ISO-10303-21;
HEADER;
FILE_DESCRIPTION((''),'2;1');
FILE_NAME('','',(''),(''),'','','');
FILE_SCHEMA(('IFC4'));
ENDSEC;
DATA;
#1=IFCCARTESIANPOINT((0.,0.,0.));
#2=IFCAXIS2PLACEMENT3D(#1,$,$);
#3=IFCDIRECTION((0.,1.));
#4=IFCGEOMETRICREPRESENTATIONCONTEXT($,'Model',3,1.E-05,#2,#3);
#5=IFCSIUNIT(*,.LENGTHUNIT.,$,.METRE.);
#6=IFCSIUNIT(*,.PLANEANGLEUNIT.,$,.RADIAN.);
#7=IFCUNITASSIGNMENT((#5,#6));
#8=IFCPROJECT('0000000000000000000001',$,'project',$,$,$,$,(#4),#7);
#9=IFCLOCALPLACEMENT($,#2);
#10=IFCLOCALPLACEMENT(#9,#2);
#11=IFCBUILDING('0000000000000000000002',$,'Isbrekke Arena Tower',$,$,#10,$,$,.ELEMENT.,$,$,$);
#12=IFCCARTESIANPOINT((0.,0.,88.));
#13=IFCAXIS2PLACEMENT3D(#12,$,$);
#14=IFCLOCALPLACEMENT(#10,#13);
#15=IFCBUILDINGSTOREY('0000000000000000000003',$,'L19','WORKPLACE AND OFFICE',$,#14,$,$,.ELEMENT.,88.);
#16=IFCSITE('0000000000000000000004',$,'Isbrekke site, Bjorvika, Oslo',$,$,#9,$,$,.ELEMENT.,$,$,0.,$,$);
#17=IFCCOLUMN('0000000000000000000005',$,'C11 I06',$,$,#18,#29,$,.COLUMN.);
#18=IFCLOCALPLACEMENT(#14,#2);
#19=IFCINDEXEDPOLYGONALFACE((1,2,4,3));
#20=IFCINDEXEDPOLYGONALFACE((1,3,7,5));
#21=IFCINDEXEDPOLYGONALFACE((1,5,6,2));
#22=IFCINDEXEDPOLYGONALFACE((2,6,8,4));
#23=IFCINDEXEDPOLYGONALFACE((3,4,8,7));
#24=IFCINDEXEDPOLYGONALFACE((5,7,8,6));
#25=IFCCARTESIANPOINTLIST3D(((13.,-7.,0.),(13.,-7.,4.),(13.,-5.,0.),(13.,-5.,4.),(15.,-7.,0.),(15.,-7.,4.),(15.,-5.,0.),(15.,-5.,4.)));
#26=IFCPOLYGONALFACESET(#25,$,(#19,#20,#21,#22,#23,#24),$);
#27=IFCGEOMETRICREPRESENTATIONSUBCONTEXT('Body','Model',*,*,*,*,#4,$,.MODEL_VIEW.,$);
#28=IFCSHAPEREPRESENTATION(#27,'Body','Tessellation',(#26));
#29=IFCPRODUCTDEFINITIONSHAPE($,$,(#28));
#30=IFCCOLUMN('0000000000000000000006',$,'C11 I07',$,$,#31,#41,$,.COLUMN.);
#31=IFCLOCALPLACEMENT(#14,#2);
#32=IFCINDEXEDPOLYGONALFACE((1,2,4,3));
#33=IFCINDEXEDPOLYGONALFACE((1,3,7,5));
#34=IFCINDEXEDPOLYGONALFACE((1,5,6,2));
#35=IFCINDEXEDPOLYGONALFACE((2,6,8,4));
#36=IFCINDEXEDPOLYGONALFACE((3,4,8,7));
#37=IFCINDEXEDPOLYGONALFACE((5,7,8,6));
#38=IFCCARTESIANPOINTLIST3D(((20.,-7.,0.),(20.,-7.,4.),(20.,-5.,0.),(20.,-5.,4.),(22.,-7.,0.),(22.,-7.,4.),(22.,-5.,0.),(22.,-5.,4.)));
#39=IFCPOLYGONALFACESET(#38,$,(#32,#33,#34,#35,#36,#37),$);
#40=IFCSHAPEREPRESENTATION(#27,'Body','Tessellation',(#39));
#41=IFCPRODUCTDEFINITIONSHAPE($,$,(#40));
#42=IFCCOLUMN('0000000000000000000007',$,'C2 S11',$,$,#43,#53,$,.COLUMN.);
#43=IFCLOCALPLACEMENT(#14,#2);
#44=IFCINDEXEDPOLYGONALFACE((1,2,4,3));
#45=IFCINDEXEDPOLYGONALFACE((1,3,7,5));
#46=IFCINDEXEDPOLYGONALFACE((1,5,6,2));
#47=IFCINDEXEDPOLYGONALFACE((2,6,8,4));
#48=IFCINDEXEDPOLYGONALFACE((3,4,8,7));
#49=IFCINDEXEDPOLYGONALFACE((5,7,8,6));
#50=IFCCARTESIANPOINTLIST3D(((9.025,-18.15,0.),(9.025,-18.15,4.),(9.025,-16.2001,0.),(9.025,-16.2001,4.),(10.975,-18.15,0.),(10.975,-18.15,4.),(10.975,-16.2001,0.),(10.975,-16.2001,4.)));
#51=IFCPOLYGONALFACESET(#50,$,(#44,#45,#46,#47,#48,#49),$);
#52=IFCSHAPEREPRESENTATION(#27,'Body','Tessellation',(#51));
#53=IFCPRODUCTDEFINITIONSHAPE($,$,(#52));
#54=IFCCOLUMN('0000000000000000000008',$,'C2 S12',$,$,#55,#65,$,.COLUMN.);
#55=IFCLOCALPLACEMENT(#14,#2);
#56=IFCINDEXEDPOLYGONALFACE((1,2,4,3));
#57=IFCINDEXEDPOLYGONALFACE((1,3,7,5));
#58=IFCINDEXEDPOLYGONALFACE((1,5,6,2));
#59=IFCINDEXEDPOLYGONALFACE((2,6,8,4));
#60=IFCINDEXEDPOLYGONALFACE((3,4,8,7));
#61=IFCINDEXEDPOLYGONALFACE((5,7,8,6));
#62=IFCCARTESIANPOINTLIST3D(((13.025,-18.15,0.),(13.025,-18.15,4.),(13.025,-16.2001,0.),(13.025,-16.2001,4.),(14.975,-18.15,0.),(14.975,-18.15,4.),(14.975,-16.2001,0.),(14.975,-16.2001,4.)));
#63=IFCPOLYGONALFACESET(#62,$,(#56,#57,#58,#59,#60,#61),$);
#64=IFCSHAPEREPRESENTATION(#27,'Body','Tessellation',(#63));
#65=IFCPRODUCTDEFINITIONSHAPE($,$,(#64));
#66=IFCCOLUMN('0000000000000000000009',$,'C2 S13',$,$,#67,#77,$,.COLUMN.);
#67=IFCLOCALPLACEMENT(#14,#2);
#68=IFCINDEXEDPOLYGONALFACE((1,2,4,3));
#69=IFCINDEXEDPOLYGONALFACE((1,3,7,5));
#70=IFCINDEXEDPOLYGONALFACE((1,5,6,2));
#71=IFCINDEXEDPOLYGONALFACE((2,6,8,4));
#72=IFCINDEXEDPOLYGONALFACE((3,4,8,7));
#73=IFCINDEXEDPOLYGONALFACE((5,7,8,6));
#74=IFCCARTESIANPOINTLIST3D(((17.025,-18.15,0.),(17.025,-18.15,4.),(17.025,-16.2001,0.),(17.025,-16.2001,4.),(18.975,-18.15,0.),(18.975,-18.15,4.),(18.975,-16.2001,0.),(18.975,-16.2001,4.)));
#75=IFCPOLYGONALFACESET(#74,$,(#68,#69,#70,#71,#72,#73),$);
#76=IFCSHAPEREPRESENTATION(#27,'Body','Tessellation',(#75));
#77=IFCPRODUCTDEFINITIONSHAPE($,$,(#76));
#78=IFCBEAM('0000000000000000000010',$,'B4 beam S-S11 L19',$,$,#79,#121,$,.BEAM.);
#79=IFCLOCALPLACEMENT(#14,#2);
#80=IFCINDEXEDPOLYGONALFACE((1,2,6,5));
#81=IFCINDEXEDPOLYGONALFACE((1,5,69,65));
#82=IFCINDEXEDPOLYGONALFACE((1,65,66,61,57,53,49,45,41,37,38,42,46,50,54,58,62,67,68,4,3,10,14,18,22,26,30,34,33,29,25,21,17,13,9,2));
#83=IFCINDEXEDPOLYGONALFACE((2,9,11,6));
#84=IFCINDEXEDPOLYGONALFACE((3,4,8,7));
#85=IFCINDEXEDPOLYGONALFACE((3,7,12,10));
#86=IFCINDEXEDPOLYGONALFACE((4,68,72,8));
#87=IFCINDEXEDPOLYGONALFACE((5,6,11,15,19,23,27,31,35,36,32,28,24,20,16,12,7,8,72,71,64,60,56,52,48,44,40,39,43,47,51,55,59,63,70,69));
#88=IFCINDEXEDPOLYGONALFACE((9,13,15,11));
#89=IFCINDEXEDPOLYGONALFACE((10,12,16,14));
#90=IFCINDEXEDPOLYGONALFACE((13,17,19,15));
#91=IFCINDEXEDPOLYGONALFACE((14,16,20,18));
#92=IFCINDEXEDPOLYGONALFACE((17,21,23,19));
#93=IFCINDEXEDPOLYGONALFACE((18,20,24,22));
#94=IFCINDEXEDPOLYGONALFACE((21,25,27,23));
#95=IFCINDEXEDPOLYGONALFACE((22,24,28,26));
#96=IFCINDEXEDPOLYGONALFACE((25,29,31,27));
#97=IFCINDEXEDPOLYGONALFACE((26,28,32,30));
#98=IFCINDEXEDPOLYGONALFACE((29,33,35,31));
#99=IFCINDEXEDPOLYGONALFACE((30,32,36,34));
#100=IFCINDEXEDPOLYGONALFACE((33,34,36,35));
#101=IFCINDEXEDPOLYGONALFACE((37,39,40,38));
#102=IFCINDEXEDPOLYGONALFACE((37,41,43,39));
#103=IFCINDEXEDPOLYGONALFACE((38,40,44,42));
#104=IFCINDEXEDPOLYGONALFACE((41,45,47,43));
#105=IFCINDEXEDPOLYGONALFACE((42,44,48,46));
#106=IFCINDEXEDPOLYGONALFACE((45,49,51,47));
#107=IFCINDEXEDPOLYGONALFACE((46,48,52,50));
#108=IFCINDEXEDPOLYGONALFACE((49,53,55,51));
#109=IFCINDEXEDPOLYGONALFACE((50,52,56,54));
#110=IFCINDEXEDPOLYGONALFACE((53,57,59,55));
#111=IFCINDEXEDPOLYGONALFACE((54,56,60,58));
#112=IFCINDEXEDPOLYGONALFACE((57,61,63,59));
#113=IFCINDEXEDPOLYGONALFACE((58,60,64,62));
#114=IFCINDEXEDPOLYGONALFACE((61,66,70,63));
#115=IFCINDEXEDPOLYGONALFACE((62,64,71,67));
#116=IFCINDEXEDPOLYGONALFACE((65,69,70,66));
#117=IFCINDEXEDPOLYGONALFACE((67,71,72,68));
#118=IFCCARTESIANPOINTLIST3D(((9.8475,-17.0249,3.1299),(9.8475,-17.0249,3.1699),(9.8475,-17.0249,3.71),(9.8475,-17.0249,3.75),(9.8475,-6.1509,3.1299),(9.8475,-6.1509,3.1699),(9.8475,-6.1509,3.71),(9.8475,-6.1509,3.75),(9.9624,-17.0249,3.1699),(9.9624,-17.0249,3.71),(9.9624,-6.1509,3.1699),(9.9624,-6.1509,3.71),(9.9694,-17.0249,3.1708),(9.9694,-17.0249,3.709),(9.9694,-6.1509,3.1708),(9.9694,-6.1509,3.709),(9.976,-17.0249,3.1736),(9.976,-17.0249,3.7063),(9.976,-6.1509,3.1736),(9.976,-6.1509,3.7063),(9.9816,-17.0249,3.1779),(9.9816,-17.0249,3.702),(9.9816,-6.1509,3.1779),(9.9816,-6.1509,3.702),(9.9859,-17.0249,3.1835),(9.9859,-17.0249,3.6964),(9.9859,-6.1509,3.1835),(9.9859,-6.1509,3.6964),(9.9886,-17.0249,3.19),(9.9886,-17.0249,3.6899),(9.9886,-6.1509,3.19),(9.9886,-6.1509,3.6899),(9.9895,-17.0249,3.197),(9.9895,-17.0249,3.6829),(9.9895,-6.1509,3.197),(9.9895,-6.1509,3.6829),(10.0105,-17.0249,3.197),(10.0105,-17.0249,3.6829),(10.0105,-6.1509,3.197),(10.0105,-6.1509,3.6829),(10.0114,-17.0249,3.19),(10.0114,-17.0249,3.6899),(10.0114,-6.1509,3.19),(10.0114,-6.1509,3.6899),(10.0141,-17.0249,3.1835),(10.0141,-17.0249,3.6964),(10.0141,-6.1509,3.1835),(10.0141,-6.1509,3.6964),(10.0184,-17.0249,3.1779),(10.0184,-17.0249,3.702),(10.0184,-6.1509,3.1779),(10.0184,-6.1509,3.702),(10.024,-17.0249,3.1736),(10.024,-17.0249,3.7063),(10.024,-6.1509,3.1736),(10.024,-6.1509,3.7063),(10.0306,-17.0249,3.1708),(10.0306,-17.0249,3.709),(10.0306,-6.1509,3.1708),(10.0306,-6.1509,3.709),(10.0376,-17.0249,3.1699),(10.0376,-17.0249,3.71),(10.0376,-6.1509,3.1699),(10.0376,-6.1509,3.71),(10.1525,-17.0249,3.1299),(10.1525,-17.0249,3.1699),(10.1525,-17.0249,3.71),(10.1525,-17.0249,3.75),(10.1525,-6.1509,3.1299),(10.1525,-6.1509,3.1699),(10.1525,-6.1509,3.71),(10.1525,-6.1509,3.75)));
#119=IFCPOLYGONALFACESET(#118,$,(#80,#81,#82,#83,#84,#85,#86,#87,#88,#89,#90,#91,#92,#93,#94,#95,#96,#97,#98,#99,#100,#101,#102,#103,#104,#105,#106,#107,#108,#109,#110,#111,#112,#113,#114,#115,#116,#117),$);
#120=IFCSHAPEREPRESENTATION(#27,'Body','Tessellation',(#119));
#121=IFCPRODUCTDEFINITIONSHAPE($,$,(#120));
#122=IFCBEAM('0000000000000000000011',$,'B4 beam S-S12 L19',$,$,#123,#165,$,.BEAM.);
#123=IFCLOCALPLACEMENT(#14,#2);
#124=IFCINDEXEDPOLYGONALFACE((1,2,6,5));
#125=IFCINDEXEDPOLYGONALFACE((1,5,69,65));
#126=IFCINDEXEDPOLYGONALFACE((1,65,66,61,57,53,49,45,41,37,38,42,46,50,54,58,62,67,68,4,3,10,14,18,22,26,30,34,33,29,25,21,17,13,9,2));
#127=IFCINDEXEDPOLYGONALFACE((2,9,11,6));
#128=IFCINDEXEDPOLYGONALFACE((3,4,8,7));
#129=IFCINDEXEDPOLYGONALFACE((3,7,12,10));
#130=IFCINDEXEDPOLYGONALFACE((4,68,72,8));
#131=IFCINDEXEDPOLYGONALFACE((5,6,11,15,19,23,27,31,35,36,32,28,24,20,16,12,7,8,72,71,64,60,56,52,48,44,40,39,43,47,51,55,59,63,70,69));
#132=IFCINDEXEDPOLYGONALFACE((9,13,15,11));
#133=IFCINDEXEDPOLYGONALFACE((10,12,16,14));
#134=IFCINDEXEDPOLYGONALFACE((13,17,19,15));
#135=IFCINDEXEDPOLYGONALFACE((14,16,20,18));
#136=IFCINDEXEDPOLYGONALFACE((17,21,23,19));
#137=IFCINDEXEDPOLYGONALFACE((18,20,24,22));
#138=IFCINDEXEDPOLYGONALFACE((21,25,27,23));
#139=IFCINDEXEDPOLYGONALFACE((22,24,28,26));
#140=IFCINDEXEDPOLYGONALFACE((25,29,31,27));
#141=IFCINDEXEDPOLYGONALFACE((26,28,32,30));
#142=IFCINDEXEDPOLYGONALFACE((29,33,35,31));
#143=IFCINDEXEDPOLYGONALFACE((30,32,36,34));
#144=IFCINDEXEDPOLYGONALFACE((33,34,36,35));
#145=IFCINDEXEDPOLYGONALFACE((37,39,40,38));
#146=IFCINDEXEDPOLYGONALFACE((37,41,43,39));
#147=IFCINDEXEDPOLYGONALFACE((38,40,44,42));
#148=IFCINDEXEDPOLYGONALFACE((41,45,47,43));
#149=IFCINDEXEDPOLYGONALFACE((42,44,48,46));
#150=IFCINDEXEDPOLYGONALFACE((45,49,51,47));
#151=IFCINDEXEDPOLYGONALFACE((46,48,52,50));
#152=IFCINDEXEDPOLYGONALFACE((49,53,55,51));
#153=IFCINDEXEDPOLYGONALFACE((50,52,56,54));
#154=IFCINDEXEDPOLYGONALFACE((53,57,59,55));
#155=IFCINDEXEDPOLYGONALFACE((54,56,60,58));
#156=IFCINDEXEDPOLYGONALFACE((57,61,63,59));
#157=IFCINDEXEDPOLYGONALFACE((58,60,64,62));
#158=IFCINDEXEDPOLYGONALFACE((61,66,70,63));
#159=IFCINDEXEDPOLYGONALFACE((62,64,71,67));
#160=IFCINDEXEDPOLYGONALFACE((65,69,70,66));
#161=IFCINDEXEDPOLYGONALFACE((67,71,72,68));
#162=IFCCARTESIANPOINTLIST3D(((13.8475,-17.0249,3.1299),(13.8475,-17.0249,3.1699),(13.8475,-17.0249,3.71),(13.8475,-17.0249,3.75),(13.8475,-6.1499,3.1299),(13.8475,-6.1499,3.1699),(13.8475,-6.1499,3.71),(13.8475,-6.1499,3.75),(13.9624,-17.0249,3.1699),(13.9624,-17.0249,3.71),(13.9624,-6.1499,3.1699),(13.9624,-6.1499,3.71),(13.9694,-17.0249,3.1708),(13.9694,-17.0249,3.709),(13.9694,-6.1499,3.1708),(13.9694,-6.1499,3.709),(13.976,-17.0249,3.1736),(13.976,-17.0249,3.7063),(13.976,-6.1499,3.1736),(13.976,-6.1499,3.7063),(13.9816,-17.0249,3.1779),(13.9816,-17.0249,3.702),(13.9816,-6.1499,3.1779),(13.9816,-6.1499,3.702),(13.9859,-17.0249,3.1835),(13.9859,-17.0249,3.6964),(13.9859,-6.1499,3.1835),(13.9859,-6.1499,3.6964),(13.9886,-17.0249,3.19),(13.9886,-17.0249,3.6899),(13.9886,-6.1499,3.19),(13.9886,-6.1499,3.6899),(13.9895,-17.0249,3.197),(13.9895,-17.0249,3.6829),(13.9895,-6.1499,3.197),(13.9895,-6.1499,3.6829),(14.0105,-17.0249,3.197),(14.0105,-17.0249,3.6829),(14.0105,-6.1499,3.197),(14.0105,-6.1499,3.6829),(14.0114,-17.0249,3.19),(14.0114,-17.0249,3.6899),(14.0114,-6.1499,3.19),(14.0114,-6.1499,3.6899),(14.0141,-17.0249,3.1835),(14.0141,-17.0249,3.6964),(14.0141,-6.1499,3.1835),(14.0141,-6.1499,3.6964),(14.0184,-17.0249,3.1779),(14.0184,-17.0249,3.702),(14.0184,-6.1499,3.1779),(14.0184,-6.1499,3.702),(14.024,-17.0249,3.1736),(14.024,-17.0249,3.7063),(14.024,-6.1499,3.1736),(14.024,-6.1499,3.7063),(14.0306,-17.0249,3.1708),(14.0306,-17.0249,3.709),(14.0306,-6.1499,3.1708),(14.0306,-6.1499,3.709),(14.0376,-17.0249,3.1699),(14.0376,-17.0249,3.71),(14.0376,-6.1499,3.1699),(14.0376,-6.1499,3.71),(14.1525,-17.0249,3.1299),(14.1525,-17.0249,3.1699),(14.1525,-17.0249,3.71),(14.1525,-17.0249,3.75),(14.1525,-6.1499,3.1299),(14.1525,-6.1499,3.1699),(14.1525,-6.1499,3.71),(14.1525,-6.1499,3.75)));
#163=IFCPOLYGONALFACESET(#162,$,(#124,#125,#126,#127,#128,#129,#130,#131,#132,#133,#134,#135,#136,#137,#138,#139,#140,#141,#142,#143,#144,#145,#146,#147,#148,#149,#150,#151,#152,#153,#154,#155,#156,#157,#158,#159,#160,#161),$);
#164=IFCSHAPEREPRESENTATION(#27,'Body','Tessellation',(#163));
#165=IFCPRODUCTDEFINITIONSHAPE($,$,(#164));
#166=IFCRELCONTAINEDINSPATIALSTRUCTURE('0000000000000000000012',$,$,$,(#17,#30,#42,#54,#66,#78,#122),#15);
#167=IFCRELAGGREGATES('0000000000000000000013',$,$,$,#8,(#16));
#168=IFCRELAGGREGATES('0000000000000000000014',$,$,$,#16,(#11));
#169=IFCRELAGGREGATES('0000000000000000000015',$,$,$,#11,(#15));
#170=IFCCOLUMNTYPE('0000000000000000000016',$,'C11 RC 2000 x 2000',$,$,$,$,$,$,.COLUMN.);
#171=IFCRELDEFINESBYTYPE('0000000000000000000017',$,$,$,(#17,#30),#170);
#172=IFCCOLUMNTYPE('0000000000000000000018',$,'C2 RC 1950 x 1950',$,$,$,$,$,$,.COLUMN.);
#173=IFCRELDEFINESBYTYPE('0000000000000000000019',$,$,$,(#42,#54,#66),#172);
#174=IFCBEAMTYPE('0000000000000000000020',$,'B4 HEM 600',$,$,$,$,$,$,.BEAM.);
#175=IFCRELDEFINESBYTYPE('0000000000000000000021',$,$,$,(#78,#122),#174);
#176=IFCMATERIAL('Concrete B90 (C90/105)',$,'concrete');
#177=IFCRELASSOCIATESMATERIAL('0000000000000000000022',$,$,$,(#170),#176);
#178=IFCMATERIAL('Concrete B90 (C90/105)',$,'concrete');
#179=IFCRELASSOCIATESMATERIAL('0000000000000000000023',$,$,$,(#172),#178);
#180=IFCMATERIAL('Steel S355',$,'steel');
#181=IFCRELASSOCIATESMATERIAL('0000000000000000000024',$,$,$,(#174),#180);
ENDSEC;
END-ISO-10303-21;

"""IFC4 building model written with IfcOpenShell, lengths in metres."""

from ifc_helpers import new_model, si_unit, direction, frame, origin, origin_2d, place, context, subcontext, project, spatial, rectangle, i_section, extrude, material, material_profile, profile_set, type_object, element, save


model = new_model("IFC4")

# Units and contexts
model_context = context("Model", 3, precision=1e-05, world=origin(), true_north=direction((0.0, 1.0)))
body_context = subcontext(model_context, "Body", "Model", "MODEL_VIEW")
ifc_project = project(units=[si_unit("LENGTHUNIT", "METRE"), si_unit("PLANEANGLEUNIT", "RADIAN")], contexts=[model_context])

# Site, building, storey
site_placement = place(None, origin())
site = spatial("IfcSite", under=ifc_project, at=site_placement, Name="Isbrekke site, Bjorvika, Oslo", CompositionType="ELEMENT", RefElevation=0.0)
building_placement = place(site_placement, origin())
building = spatial("IfcBuilding", under=site, at=building_placement, Name="Isbrekke Arena Tower", CompositionType="ELEMENT")
storey_placement = place(building_placement, frame((0.0, 0.0, 88.0)))
storey = spatial("IfcBuildingStorey", under=building, at=storey_placement, Name="L19", Description="WORKPLACE AND OFFICE", CompositionType="ELEMENT", Elevation=88.0)

# Columns
ifc_material_1 = material(Name="Concrete B90 (C90/105)", Category="concrete")
ifc_material_profile_1 = material_profile(ifc_material_1, rectangle(XDim=2.0, YDim=2.0, at=origin_2d()), Name="RC 2000x2000")
ifc_profile_set_1 = profile_set([ifc_material_profile_1], Name="Concrete B90 (C90/105)")
column_type_1 = type_object("IfcColumnType", Name="C11 RC 2000 x 2000", PredefinedType="COLUMN", material=ifc_profile_set_1)
for number, where, z_axis, x_axis, name in (
    (1, (14.0, -6.0, 0.0), (0.0, 0.0, 1.0), (1.0, 0.0, 0.0), "C11 I06"),
    (2, (21.0, -6.0, 0.0), (0.0, 0.0, 1.0), (1.0, 0.0, 0.0), "C11 I07"),
):
    element("IfcColumn", number, at=place(storey_placement, frame(where, z_axis=z_axis, x_axis=x_axis)), inside=storey, type_object=column_type_1, Name=name, PredefinedType="COLUMN", context=body_context, shape_type="SweptSolid", body=[
        extrude(rectangle(XDim=2.0, YDim=2.0, at=origin_2d()), origin(), (0.0, 0.0, 1.0), 4.0),
    ])
ifc_material_2 = material(Name="Concrete B90 (C90/105)", Category="concrete")
ifc_material_profile_2 = material_profile(ifc_material_2, rectangle(XDim=1.95, YDim=1.95, at=origin_2d()), Name="RC 1950x1950")
ifc_profile_set_2 = profile_set([ifc_material_profile_2], Name="Concrete B90 (C90/105)")
column_type_2 = type_object("IfcColumnType", Name="C2 RC 1950 x 1950", PredefinedType="COLUMN", material=ifc_profile_set_2)
for number, where, z_axis, x_axis, name in (
    (3, (10.0, -17.175, 0.0), (0.0, 0.0, 1.0), (1.0, 0.0, 0.0), "C2 S11"),
    (4, (14.0, -17.175, 0.0), (0.0, 0.0, 1.0), (1.0, 0.0, 0.0), "C2 S12"),
    (5, (18.0, -17.175, 0.0), (0.0, 0.0, 1.0), (1.0, 0.0, 0.0), "C2 S13"),
):
    element("IfcColumn", number, at=place(storey_placement, frame(where, z_axis=z_axis, x_axis=x_axis)), inside=storey, type_object=column_type_2, Name=name, PredefinedType="COLUMN", context=body_context, shape_type="SweptSolid", body=[
        extrude(rectangle(XDim=1.95, YDim=1.95, at=origin_2d()), origin(), (0.0, 0.0, 1.0), 4.0),
    ])

# Beams
ifc_material_3 = material(Name="Steel S355", Category="steel")
ifc_material_profile_3 = material_profile(ifc_material_3, i_section(OverallWidth=0.3049, OverallDepth=0.6201, WebThickness=0.021, FlangeThickness=0.04, FilletRadius=0.0271, at=origin_2d()), Name="HEM 600")
ifc_profile_set_3 = profile_set([ifc_material_profile_3], Name="Steel S355")
beam_type_1 = type_object("IfcBeamType", Name="B4 HEM 600", PredefinedType="BEAM", material=ifc_profile_set_3)
beam_1_placement = place(storey_placement, frame((10.0, -17.0249, 3.4399), z_axis=(0.0, 1.0, 0.0), x_axis=(-1.0, 0.0, 0.0)))
element("IfcBeam", 6, at=beam_1_placement, inside=storey, type_object=beam_type_1, Name="B4 beam S-S11 L19", PredefinedType="BEAM", context=body_context, shape_type="SweptSolid", body=[
    extrude(i_section(OverallWidth=0.3049, OverallDepth=0.6201, WebThickness=0.021, FlangeThickness=0.04, FilletRadius=0.0271, at=origin_2d()), origin(), (0.0, 0.0, 1.0), 10.874),
])
beam_2_placement = place(storey_placement, frame((14.0, -17.0249, 3.4399), z_axis=(0.0, 1.0, 0.0), x_axis=(-1.0, 0.0, 0.0)))
element("IfcBeam", 7, at=beam_2_placement, inside=storey, type_object=beam_type_1, Name="B4 beam S-S12 L19", PredefinedType="BEAM", context=body_context, shape_type="SweptSolid", body=[
    extrude(i_section(OverallWidth=0.3049, OverallDepth=0.6201, WebThickness=0.021, FlangeThickness=0.04, FilletRadius=0.0271, at=origin_2d()), origin(), (0.0, 0.0, 1.0), 10.875),
])

save(model, "model.ifc")
